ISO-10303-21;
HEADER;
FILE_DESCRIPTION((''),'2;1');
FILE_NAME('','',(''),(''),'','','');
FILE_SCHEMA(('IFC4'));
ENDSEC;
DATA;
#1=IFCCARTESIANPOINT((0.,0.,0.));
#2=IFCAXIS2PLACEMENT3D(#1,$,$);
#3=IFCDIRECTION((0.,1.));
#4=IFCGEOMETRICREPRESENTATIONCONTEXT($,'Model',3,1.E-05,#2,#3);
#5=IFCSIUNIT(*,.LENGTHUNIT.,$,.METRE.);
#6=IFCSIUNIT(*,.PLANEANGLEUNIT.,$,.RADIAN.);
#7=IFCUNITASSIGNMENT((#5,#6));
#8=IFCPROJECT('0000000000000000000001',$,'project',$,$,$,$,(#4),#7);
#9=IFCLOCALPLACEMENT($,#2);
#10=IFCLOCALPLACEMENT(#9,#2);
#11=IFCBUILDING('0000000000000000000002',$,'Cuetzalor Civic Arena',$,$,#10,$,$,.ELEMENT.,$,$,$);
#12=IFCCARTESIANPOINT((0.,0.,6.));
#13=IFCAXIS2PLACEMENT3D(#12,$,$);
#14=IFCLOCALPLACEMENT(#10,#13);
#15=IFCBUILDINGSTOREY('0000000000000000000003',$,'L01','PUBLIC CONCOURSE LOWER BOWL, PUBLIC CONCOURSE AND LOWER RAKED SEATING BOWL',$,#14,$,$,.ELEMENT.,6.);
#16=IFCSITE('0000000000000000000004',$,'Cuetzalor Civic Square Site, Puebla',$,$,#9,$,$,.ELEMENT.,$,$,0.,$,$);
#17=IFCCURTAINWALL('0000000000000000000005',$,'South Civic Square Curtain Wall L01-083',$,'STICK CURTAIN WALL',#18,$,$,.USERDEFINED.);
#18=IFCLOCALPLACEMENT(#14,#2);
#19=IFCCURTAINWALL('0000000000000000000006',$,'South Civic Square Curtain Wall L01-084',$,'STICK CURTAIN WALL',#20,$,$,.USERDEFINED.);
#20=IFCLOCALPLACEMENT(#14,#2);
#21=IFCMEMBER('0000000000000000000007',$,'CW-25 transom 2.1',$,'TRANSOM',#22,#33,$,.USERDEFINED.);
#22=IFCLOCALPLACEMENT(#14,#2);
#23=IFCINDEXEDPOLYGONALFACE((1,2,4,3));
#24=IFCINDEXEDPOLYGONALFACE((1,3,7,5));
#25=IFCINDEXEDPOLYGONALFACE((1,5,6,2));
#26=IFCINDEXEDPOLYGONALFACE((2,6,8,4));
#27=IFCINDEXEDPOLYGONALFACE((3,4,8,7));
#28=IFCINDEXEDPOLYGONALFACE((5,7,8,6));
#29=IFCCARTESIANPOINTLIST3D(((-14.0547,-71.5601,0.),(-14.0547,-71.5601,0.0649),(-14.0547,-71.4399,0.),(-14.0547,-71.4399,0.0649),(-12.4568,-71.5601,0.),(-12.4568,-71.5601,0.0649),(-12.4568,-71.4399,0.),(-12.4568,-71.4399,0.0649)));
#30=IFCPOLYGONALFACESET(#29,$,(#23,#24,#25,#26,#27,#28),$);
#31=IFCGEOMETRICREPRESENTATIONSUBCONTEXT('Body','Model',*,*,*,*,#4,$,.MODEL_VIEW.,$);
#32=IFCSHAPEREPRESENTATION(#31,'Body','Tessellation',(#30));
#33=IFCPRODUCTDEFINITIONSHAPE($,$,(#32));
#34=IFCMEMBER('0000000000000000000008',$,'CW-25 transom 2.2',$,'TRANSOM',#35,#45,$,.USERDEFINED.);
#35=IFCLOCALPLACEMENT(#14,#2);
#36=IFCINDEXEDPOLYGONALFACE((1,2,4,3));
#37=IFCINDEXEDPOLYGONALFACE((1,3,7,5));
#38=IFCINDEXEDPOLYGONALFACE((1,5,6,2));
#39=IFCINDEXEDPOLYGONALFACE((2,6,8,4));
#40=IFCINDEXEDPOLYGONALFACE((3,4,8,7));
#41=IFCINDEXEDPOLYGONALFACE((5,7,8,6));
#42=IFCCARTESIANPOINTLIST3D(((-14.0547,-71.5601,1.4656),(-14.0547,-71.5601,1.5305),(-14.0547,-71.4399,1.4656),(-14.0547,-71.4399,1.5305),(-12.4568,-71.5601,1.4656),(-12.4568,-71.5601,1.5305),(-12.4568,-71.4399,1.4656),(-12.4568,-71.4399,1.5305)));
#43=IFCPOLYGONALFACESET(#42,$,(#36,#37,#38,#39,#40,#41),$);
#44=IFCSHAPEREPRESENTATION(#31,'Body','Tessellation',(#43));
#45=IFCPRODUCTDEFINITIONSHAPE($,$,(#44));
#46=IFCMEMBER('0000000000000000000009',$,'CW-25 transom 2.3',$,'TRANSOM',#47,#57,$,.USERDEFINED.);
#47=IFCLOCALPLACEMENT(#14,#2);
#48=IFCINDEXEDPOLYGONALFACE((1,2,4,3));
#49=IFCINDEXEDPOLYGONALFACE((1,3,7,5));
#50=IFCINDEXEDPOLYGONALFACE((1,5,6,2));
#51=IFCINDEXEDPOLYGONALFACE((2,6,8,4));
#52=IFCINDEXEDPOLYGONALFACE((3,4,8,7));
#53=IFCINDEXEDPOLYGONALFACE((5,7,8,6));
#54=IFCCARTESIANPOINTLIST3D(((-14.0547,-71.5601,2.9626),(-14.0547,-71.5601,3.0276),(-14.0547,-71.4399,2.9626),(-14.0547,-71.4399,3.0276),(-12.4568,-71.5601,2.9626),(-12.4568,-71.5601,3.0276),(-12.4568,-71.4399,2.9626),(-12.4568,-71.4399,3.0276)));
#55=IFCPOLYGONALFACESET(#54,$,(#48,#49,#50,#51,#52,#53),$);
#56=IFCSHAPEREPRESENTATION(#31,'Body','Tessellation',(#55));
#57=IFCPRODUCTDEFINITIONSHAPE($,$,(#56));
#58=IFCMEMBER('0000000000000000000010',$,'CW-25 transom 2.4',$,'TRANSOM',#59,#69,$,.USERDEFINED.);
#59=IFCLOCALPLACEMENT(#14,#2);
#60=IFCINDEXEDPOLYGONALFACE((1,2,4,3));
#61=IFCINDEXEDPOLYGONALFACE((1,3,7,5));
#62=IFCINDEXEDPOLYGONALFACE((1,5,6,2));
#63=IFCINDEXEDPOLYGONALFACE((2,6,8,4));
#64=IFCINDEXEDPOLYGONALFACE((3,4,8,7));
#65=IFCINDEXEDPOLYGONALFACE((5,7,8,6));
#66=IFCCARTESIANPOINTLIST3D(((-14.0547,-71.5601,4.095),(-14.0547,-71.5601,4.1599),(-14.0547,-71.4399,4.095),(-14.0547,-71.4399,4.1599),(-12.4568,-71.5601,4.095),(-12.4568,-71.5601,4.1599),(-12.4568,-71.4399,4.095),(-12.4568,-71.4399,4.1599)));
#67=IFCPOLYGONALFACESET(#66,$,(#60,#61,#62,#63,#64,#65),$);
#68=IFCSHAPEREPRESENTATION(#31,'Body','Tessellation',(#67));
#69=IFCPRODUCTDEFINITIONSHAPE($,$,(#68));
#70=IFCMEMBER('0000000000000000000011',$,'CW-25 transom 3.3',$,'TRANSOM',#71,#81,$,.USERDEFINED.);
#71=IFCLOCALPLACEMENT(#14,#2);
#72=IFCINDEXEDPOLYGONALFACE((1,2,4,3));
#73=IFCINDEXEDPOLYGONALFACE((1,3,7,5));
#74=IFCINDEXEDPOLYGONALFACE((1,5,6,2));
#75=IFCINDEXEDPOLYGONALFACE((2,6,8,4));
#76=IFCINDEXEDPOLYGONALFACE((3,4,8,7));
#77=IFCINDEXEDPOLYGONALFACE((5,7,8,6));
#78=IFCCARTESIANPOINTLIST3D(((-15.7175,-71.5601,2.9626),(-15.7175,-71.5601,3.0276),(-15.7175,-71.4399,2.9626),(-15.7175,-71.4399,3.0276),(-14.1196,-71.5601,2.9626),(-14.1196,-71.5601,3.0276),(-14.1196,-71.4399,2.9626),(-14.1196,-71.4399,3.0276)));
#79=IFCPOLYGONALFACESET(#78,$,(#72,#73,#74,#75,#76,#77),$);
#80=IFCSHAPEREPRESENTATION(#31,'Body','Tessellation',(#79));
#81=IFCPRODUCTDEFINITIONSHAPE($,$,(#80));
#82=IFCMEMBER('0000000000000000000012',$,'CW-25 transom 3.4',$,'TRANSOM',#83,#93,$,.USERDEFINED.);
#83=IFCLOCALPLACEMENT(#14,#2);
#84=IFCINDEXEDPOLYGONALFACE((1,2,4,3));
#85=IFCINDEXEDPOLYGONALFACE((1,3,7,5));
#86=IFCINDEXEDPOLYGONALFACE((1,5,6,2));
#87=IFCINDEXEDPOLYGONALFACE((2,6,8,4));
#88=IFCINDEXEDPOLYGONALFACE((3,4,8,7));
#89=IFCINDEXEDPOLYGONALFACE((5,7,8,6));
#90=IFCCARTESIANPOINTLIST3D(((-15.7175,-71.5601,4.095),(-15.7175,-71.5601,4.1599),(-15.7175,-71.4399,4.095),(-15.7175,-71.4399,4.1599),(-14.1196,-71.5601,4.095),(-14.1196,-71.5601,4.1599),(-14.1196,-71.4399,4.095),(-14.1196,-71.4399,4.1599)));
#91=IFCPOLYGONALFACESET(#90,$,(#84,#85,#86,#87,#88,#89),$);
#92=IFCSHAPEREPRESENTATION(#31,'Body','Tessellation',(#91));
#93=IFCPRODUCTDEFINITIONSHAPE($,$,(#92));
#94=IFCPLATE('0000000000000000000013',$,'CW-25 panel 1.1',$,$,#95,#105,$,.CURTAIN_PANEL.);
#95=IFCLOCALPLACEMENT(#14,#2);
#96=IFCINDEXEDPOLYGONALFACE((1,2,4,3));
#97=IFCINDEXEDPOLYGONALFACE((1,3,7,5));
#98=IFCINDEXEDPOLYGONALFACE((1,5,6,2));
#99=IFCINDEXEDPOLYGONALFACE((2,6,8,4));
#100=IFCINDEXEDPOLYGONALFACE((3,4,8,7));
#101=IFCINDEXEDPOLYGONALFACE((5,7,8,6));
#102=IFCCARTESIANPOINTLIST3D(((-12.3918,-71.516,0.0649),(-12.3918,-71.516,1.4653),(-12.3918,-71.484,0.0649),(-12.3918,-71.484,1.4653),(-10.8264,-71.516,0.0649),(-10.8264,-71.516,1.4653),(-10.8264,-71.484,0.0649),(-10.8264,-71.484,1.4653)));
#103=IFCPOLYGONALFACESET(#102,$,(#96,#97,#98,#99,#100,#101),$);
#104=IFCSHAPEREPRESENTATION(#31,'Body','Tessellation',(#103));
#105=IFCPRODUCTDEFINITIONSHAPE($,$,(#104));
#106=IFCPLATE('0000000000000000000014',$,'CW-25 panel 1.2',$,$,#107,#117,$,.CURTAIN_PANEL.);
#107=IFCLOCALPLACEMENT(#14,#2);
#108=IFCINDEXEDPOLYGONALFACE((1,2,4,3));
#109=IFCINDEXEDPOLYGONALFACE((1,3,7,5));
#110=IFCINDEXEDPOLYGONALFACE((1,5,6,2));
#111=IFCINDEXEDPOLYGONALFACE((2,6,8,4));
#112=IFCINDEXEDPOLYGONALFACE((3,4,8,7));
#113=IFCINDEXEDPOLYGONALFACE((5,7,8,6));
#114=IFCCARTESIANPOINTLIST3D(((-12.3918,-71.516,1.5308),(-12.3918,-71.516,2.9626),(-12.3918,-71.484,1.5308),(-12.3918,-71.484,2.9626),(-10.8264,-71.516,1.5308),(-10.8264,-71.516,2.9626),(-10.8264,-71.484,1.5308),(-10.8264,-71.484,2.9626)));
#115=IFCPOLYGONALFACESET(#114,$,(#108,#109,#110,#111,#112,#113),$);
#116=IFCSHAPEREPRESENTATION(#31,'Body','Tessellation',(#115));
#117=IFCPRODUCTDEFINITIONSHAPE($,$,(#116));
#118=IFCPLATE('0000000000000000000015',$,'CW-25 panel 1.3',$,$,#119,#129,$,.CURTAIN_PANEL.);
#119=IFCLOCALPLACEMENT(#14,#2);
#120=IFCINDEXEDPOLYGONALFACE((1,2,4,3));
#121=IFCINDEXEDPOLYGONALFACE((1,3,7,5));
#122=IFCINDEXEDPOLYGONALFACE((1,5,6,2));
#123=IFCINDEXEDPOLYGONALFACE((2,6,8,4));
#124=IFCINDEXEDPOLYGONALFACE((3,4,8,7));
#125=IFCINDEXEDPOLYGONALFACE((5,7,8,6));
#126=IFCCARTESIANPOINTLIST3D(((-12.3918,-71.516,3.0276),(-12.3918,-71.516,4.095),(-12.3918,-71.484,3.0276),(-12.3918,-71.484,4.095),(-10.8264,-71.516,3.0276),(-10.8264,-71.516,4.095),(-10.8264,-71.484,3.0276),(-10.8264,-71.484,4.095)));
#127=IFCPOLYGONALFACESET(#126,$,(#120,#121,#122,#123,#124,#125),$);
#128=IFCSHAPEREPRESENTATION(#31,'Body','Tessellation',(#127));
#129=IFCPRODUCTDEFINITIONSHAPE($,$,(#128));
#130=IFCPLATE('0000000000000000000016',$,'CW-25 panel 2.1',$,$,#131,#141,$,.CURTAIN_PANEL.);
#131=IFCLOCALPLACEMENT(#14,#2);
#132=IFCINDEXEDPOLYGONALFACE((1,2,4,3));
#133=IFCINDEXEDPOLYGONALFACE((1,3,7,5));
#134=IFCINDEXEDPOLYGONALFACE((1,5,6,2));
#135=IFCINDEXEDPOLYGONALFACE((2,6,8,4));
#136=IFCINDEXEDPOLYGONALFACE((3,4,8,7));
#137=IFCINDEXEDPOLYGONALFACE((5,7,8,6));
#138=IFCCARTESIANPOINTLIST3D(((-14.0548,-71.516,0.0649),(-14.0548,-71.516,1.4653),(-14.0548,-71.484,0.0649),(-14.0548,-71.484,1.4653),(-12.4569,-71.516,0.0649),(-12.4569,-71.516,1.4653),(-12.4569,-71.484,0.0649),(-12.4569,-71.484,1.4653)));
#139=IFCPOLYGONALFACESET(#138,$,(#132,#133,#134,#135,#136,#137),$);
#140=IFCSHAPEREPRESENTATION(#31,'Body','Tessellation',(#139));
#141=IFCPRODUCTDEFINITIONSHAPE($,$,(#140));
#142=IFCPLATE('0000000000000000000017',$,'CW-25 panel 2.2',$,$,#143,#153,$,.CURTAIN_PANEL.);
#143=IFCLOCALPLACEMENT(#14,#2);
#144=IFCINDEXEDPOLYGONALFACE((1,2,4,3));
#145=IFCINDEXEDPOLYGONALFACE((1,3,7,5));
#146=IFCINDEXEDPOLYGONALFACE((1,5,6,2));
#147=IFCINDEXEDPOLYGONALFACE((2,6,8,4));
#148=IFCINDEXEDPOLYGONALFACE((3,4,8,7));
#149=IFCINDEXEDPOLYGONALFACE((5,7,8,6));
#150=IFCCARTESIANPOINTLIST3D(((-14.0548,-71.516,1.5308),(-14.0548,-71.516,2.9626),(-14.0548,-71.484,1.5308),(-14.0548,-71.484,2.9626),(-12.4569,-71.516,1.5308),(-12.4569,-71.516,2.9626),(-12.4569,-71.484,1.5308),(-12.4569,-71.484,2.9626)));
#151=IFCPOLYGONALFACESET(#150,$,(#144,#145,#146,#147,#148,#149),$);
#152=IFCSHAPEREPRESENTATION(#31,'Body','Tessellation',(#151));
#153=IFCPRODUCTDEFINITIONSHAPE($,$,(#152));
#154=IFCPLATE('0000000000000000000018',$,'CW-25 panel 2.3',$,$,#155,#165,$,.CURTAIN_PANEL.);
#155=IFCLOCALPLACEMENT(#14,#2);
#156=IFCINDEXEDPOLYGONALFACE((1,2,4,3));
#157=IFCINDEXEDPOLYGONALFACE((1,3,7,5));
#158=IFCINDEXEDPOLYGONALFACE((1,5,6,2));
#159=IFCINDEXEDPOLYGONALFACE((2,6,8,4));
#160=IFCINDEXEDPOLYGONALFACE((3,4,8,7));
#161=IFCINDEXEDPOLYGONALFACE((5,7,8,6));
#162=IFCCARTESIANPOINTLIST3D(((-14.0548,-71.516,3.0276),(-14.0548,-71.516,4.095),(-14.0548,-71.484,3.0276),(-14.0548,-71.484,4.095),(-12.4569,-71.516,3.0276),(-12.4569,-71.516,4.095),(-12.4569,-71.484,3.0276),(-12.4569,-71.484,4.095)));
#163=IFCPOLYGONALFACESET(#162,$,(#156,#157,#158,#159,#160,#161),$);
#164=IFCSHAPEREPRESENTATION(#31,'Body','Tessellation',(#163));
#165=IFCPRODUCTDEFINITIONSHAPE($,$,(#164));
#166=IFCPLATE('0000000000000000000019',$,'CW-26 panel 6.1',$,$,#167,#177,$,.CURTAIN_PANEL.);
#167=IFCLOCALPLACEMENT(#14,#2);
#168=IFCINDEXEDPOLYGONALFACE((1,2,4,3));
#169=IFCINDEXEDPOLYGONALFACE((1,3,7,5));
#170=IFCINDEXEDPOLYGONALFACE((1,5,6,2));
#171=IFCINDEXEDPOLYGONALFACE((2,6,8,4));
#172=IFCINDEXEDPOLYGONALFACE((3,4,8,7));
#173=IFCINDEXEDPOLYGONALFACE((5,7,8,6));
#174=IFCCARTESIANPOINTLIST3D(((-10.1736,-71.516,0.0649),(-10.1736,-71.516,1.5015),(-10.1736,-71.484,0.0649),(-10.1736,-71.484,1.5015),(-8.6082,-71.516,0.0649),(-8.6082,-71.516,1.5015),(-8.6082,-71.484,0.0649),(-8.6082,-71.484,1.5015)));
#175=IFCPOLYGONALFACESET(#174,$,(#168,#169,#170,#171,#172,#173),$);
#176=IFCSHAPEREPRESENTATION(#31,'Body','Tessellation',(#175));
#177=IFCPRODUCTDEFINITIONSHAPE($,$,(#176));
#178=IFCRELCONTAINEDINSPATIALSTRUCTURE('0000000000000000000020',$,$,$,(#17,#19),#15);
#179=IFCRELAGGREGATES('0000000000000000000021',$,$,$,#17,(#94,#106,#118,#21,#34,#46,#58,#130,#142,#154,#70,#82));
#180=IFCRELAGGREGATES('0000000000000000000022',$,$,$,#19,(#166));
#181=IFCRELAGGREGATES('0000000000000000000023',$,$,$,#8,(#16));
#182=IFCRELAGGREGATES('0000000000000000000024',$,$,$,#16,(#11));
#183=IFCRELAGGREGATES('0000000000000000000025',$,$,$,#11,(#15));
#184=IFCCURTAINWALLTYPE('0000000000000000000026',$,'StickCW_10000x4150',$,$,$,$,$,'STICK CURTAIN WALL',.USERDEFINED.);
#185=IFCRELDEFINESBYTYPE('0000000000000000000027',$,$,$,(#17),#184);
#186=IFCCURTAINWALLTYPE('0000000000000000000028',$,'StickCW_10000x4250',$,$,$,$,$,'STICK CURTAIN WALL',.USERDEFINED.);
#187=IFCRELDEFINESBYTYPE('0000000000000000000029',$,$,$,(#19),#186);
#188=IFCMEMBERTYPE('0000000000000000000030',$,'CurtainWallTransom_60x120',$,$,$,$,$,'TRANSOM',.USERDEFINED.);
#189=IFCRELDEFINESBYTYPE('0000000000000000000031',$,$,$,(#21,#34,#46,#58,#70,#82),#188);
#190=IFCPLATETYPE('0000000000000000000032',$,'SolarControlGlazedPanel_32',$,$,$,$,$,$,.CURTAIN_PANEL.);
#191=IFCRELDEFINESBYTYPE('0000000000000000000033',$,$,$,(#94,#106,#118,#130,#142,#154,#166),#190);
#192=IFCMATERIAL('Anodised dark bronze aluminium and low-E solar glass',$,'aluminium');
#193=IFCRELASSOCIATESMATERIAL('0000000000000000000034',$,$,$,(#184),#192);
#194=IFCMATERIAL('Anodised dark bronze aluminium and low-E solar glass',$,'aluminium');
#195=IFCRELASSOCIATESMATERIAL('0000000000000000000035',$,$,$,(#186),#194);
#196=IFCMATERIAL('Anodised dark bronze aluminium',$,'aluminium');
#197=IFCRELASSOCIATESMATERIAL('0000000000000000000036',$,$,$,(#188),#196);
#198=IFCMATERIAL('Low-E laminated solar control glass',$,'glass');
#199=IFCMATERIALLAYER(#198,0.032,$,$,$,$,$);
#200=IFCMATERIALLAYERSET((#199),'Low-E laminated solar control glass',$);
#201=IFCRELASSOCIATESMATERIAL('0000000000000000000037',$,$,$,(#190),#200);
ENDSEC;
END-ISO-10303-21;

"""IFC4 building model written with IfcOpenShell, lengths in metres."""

from ifc_helpers import new_model, si_unit, direction, frame, origin, origin_2d, place, context, subcontext, project, spatial, rectangle, extrude, material, layer, layer_set, material_profile, profile_set, type_object, element, aggregate, save


model = new_model("IFC4")

# Units and contexts
model_context = context("Model", 3, precision=1e-05, world=origin(), true_north=direction((0.0, 1.0)))
body_context = subcontext(model_context, "Body", "Model", "MODEL_VIEW")
ifc_project = project(units=[si_unit("LENGTHUNIT", "METRE"), si_unit("PLANEANGLEUNIT", "RADIAN")], contexts=[model_context])

# Site, building, storey
site_placement = place(None, origin())
site = spatial("IfcSite", under=ifc_project, at=site_placement, Name="Cuetzalor Civic Square Site, Puebla", CompositionType="ELEMENT", RefElevation=0.0)
building_placement = place(site_placement, origin())
building = spatial("IfcBuilding", under=site, at=building_placement, Name="Cuetzalor Civic Arena", CompositionType="ELEMENT")
storey_placement = place(building_placement, frame((0.0, 0.0, 6.0)))
storey = spatial("IfcBuildingStorey", under=building, at=storey_placement, Name="L01", Description="PUBLIC CONCOURSE LOWER BOWL, PUBLIC CONCOURSE AND LOWER RAKED SEATING BOWL", CompositionType="ELEMENT", Elevation=6.0)

# Curtain wall
ifc_material_1 = material(Name="Anodised dark bronze aluminium and low-E solar glass", Category="aluminium")
curtain_wall_type_1 = type_object("IfcCurtainWallType", Name="StickCW_10000x4150", ElementType="STICK CURTAIN WALL", PredefinedType="USERDEFINED", material=ifc_material_1)
curtain_wall_1_placement = place(storey_placement, origin())
curtain_wall_1 = element("IfcCurtainWall", 1, at=curtain_wall_1_placement, inside=storey, type_object=curtain_wall_type_1, Name="South Civic Square Curtain Wall L01-083", ObjectType="STICK CURTAIN WALL", PredefinedType="USERDEFINED")

# Curtain wall
ifc_material_2 = material(Name="Anodised dark bronze aluminium and low-E solar glass", Category="aluminium")
curtain_wall_type_2 = type_object("IfcCurtainWallType", Name="StickCW_10000x4250", ElementType="STICK CURTAIN WALL", PredefinedType="USERDEFINED", material=ifc_material_2)
curtain_wall_2_placement = place(storey_placement, origin())
curtain_wall_2 = element("IfcCurtainWall", 2, at=curtain_wall_2_placement, inside=storey, type_object=curtain_wall_type_2, Name="South Civic Square Curtain Wall L01-084", ObjectType="STICK CURTAIN WALL", PredefinedType="USERDEFINED")

# Members
ifc_material_3 = material(Name="Anodised dark bronze aluminium", Category="aluminium")
ifc_material_profile_1 = material_profile(ifc_material_3, rectangle(XDim=0.1201, YDim=0.0649, at=origin_2d()), Name="ALU TRANSOM 65x120")
ifc_profile_set_1 = profile_set([ifc_material_profile_1], Name="Anodised dark bronze aluminium")
member_type_1 = type_object("IfcMemberType", Name="CurtainWallTransom_60x120", ElementType="TRANSOM", PredefinedType="USERDEFINED", material=ifc_profile_set_1)
member_1_placement = place(storey_placement, frame((-12.4568, -71.5, 0.0325), z_axis=(-1.0, 0.0, 0.0), x_axis=(0.0, -1.0, 0.0)))
member_1 = element("IfcMember", 3, at=member_1_placement, type_object=member_type_1, Name="CW-25 transom 2.1", ObjectType="TRANSOM", PredefinedType="USERDEFINED", context=body_context, shape_type="SweptSolid", body=[
    extrude(rectangle(XDim=0.1201, YDim=0.0649, at=origin_2d()), origin(), (0.0, 0.0, 1.0), 1.5979),
])
member_2_placement = place(storey_placement, frame((-12.4568, -71.5, 1.498), z_axis=(-1.0, 0.0, 0.0), x_axis=(0.0, -1.0, 0.0)))
member_2 = element("IfcMember", 4, at=member_2_placement, type_object=member_type_1, Name="CW-25 transom 2.2", ObjectType="TRANSOM", PredefinedType="USERDEFINED", context=body_context, shape_type="SweptSolid", body=[
    extrude(rectangle(XDim=0.1201, YDim=0.0649, at=origin_2d()), origin(), (0.0, 0.0, 1.0), 1.5979),
])
member_3_placement = place(storey_placement, frame((-12.4568, -71.5, 2.9951), z_axis=(-1.0, 0.0, 0.0), x_axis=(0.0, -1.0, 0.0)))
member_3 = element("IfcMember", 5, at=member_3_placement, type_object=member_type_1, Name="CW-25 transom 2.3", ObjectType="TRANSOM", PredefinedType="USERDEFINED", context=body_context, shape_type="SweptSolid", body=[
    extrude(rectangle(XDim=0.1201, YDim=0.0649, at=origin_2d()), origin(), (0.0, 0.0, 1.0), 1.5979),
])
member_4_placement = place(storey_placement, frame((-12.4568, -71.5, 4.1274), z_axis=(-1.0, 0.0, 0.0), x_axis=(0.0, -1.0, 0.0)))
member_4 = element("IfcMember", 6, at=member_4_placement, type_object=member_type_1, Name="CW-25 transom 2.4", ObjectType="TRANSOM", PredefinedType="USERDEFINED", context=body_context, shape_type="SweptSolid", body=[
    extrude(rectangle(XDim=0.1201, YDim=0.0649, at=origin_2d()), origin(), (0.0, 0.0, 1.0), 1.5979),
])
member_5_placement = place(storey_placement, frame((-14.1196, -71.5, 2.9951), z_axis=(-1.0, 0.0, 0.0), x_axis=(0.0, -1.0, 0.0)))
member_5 = element("IfcMember", 7, at=member_5_placement, type_object=member_type_1, Name="CW-25 transom 3.3", ObjectType="TRANSOM", PredefinedType="USERDEFINED", context=body_context, shape_type="SweptSolid", body=[
    extrude(rectangle(XDim=0.1201, YDim=0.0649, at=origin_2d()), origin(), (0.0, 0.0, 1.0), 1.5979),
])
member_6_placement = place(storey_placement, frame((-14.1196, -71.5, 4.1274), z_axis=(-1.0, 0.0, 0.0), x_axis=(0.0, -1.0, 0.0)))
member_6 = element("IfcMember", 8, at=member_6_placement, type_object=member_type_1, Name="CW-25 transom 3.4", ObjectType="TRANSOM", PredefinedType="USERDEFINED", context=body_context, shape_type="SweptSolid", body=[
    extrude(rectangle(XDim=0.1201, YDim=0.0649, at=origin_2d()), origin(), (0.0, 0.0, 1.0), 1.5979),
])

# Plates
ifc_material_4 = material(Name="Low-E laminated solar control glass", Category="glass")
ifc_layer = layer(ifc_material_4, 0.032)
ifc_layer_set = layer_set([ifc_layer], Name="Low-E laminated solar control glass")
plate_type = type_object("IfcPlateType", Name="SolarControlGlazedPanel_32", PredefinedType="CURTAIN_PANEL", material=ifc_layer_set)
plate_1_placement = place(storey_placement, frame((-11.6091, -71.5, 0.0649), z_axis=(0.0, 0.0, 1.0), x_axis=(-1.0, 0.0, 0.0)))
plate_1 = element("IfcPlate", 9, at=plate_1_placement, type_object=plate_type, Name="CW-25 panel 1.1", PredefinedType="CURTAIN_PANEL", context=body_context, shape_type="SweptSolid", body=[
    extrude(rectangle(XDim=1.5654, YDim=0.032, at=origin_2d()), origin(), (0.0, 0.0, 1.0), 1.4004),
])
plate_2_placement = place(storey_placement, frame((-11.6091, -71.5, 1.5308), z_axis=(0.0, 0.0, 1.0), x_axis=(-1.0, 0.0, 0.0)))
plate_2 = element("IfcPlate", 10, at=plate_2_placement, type_object=plate_type, Name="CW-25 panel 1.2", PredefinedType="CURTAIN_PANEL", context=body_context, shape_type="SweptSolid", body=[
    extrude(rectangle(XDim=1.5654, YDim=0.032, at=origin_2d()), origin(), (0.0, 0.0, 1.0), 1.4319),
])
plate_3_placement = place(storey_placement, frame((-11.6091, -71.5, 3.0276), z_axis=(0.0, 0.0, 1.0), x_axis=(-1.0, 0.0, 0.0)))
plate_3 = element("IfcPlate", 11, at=plate_3_placement, type_object=plate_type, Name="CW-25 panel 1.3", PredefinedType="CURTAIN_PANEL", context=body_context, shape_type="SweptSolid", body=[
    extrude(rectangle(XDim=1.5654, YDim=0.032, at=origin_2d()), origin(), (0.0, 0.0, 1.0), 1.0674),
])
plate_4_placement = place(storey_placement, frame((-13.2559, -71.5, 0.0649), z_axis=(0.0, 0.0, 1.0), x_axis=(-1.0, 0.0, 0.0)))
plate_4 = element("IfcPlate", 12, at=plate_4_placement, type_object=plate_type, Name="CW-25 panel 2.1", PredefinedType="CURTAIN_PANEL", context=body_context, shape_type="SweptSolid", body=[
    extrude(rectangle(XDim=1.5979, YDim=0.032, at=origin_2d()), origin(), (0.0, 0.0, 1.0), 1.4004),
])
plate_5_placement = place(storey_placement, frame((-13.2559, -71.5, 1.5308), z_axis=(0.0, 0.0, 1.0), x_axis=(-1.0, 0.0, 0.0)))
plate_5 = element("IfcPlate", 13, at=plate_5_placement, type_object=plate_type, Name="CW-25 panel 2.2", PredefinedType="CURTAIN_PANEL", context=body_context, shape_type="SweptSolid", body=[
    extrude(rectangle(XDim=1.5979, YDim=0.032, at=origin_2d()), origin(), (0.0, 0.0, 1.0), 1.4319),
])
plate_6_placement = place(storey_placement, frame((-13.2559, -71.5, 3.0276), z_axis=(0.0, 0.0, 1.0), x_axis=(-1.0, 0.0, 0.0)))
plate_6 = element("IfcPlate", 14, at=plate_6_placement, type_object=plate_type, Name="CW-25 panel 2.3", PredefinedType="CURTAIN_PANEL", context=body_context, shape_type="SweptSolid", body=[
    extrude(rectangle(XDim=1.5979, YDim=0.032, at=origin_2d()), origin(), (0.0, 0.0, 1.0), 1.0674),
])
aggregate(curtain_wall_1, [plate_1, plate_2, plate_3, member_1, member_2, member_3, member_4, plate_4, plate_5, plate_6, member_5, member_6])
plate_7_placement = place(storey_placement, frame((-9.3909, -71.5, 0.0649), z_axis=(0.0, 0.0, 1.0), x_axis=(-1.0, 0.0, 0.0)))
plate_7 = element("IfcPlate", 15, at=plate_7_placement, type_object=plate_type, Name="CW-26 panel 6.1", PredefinedType="CURTAIN_PANEL", context=body_context, shape_type="SweptSolid", body=[
    extrude(rectangle(XDim=1.5654, YDim=0.032, at=origin_2d()), origin(), (0.0, 0.0, 1.0), 1.4365),
])
aggregate(curtain_wall_2, [plate_7])

save(model, "model.ifc")
